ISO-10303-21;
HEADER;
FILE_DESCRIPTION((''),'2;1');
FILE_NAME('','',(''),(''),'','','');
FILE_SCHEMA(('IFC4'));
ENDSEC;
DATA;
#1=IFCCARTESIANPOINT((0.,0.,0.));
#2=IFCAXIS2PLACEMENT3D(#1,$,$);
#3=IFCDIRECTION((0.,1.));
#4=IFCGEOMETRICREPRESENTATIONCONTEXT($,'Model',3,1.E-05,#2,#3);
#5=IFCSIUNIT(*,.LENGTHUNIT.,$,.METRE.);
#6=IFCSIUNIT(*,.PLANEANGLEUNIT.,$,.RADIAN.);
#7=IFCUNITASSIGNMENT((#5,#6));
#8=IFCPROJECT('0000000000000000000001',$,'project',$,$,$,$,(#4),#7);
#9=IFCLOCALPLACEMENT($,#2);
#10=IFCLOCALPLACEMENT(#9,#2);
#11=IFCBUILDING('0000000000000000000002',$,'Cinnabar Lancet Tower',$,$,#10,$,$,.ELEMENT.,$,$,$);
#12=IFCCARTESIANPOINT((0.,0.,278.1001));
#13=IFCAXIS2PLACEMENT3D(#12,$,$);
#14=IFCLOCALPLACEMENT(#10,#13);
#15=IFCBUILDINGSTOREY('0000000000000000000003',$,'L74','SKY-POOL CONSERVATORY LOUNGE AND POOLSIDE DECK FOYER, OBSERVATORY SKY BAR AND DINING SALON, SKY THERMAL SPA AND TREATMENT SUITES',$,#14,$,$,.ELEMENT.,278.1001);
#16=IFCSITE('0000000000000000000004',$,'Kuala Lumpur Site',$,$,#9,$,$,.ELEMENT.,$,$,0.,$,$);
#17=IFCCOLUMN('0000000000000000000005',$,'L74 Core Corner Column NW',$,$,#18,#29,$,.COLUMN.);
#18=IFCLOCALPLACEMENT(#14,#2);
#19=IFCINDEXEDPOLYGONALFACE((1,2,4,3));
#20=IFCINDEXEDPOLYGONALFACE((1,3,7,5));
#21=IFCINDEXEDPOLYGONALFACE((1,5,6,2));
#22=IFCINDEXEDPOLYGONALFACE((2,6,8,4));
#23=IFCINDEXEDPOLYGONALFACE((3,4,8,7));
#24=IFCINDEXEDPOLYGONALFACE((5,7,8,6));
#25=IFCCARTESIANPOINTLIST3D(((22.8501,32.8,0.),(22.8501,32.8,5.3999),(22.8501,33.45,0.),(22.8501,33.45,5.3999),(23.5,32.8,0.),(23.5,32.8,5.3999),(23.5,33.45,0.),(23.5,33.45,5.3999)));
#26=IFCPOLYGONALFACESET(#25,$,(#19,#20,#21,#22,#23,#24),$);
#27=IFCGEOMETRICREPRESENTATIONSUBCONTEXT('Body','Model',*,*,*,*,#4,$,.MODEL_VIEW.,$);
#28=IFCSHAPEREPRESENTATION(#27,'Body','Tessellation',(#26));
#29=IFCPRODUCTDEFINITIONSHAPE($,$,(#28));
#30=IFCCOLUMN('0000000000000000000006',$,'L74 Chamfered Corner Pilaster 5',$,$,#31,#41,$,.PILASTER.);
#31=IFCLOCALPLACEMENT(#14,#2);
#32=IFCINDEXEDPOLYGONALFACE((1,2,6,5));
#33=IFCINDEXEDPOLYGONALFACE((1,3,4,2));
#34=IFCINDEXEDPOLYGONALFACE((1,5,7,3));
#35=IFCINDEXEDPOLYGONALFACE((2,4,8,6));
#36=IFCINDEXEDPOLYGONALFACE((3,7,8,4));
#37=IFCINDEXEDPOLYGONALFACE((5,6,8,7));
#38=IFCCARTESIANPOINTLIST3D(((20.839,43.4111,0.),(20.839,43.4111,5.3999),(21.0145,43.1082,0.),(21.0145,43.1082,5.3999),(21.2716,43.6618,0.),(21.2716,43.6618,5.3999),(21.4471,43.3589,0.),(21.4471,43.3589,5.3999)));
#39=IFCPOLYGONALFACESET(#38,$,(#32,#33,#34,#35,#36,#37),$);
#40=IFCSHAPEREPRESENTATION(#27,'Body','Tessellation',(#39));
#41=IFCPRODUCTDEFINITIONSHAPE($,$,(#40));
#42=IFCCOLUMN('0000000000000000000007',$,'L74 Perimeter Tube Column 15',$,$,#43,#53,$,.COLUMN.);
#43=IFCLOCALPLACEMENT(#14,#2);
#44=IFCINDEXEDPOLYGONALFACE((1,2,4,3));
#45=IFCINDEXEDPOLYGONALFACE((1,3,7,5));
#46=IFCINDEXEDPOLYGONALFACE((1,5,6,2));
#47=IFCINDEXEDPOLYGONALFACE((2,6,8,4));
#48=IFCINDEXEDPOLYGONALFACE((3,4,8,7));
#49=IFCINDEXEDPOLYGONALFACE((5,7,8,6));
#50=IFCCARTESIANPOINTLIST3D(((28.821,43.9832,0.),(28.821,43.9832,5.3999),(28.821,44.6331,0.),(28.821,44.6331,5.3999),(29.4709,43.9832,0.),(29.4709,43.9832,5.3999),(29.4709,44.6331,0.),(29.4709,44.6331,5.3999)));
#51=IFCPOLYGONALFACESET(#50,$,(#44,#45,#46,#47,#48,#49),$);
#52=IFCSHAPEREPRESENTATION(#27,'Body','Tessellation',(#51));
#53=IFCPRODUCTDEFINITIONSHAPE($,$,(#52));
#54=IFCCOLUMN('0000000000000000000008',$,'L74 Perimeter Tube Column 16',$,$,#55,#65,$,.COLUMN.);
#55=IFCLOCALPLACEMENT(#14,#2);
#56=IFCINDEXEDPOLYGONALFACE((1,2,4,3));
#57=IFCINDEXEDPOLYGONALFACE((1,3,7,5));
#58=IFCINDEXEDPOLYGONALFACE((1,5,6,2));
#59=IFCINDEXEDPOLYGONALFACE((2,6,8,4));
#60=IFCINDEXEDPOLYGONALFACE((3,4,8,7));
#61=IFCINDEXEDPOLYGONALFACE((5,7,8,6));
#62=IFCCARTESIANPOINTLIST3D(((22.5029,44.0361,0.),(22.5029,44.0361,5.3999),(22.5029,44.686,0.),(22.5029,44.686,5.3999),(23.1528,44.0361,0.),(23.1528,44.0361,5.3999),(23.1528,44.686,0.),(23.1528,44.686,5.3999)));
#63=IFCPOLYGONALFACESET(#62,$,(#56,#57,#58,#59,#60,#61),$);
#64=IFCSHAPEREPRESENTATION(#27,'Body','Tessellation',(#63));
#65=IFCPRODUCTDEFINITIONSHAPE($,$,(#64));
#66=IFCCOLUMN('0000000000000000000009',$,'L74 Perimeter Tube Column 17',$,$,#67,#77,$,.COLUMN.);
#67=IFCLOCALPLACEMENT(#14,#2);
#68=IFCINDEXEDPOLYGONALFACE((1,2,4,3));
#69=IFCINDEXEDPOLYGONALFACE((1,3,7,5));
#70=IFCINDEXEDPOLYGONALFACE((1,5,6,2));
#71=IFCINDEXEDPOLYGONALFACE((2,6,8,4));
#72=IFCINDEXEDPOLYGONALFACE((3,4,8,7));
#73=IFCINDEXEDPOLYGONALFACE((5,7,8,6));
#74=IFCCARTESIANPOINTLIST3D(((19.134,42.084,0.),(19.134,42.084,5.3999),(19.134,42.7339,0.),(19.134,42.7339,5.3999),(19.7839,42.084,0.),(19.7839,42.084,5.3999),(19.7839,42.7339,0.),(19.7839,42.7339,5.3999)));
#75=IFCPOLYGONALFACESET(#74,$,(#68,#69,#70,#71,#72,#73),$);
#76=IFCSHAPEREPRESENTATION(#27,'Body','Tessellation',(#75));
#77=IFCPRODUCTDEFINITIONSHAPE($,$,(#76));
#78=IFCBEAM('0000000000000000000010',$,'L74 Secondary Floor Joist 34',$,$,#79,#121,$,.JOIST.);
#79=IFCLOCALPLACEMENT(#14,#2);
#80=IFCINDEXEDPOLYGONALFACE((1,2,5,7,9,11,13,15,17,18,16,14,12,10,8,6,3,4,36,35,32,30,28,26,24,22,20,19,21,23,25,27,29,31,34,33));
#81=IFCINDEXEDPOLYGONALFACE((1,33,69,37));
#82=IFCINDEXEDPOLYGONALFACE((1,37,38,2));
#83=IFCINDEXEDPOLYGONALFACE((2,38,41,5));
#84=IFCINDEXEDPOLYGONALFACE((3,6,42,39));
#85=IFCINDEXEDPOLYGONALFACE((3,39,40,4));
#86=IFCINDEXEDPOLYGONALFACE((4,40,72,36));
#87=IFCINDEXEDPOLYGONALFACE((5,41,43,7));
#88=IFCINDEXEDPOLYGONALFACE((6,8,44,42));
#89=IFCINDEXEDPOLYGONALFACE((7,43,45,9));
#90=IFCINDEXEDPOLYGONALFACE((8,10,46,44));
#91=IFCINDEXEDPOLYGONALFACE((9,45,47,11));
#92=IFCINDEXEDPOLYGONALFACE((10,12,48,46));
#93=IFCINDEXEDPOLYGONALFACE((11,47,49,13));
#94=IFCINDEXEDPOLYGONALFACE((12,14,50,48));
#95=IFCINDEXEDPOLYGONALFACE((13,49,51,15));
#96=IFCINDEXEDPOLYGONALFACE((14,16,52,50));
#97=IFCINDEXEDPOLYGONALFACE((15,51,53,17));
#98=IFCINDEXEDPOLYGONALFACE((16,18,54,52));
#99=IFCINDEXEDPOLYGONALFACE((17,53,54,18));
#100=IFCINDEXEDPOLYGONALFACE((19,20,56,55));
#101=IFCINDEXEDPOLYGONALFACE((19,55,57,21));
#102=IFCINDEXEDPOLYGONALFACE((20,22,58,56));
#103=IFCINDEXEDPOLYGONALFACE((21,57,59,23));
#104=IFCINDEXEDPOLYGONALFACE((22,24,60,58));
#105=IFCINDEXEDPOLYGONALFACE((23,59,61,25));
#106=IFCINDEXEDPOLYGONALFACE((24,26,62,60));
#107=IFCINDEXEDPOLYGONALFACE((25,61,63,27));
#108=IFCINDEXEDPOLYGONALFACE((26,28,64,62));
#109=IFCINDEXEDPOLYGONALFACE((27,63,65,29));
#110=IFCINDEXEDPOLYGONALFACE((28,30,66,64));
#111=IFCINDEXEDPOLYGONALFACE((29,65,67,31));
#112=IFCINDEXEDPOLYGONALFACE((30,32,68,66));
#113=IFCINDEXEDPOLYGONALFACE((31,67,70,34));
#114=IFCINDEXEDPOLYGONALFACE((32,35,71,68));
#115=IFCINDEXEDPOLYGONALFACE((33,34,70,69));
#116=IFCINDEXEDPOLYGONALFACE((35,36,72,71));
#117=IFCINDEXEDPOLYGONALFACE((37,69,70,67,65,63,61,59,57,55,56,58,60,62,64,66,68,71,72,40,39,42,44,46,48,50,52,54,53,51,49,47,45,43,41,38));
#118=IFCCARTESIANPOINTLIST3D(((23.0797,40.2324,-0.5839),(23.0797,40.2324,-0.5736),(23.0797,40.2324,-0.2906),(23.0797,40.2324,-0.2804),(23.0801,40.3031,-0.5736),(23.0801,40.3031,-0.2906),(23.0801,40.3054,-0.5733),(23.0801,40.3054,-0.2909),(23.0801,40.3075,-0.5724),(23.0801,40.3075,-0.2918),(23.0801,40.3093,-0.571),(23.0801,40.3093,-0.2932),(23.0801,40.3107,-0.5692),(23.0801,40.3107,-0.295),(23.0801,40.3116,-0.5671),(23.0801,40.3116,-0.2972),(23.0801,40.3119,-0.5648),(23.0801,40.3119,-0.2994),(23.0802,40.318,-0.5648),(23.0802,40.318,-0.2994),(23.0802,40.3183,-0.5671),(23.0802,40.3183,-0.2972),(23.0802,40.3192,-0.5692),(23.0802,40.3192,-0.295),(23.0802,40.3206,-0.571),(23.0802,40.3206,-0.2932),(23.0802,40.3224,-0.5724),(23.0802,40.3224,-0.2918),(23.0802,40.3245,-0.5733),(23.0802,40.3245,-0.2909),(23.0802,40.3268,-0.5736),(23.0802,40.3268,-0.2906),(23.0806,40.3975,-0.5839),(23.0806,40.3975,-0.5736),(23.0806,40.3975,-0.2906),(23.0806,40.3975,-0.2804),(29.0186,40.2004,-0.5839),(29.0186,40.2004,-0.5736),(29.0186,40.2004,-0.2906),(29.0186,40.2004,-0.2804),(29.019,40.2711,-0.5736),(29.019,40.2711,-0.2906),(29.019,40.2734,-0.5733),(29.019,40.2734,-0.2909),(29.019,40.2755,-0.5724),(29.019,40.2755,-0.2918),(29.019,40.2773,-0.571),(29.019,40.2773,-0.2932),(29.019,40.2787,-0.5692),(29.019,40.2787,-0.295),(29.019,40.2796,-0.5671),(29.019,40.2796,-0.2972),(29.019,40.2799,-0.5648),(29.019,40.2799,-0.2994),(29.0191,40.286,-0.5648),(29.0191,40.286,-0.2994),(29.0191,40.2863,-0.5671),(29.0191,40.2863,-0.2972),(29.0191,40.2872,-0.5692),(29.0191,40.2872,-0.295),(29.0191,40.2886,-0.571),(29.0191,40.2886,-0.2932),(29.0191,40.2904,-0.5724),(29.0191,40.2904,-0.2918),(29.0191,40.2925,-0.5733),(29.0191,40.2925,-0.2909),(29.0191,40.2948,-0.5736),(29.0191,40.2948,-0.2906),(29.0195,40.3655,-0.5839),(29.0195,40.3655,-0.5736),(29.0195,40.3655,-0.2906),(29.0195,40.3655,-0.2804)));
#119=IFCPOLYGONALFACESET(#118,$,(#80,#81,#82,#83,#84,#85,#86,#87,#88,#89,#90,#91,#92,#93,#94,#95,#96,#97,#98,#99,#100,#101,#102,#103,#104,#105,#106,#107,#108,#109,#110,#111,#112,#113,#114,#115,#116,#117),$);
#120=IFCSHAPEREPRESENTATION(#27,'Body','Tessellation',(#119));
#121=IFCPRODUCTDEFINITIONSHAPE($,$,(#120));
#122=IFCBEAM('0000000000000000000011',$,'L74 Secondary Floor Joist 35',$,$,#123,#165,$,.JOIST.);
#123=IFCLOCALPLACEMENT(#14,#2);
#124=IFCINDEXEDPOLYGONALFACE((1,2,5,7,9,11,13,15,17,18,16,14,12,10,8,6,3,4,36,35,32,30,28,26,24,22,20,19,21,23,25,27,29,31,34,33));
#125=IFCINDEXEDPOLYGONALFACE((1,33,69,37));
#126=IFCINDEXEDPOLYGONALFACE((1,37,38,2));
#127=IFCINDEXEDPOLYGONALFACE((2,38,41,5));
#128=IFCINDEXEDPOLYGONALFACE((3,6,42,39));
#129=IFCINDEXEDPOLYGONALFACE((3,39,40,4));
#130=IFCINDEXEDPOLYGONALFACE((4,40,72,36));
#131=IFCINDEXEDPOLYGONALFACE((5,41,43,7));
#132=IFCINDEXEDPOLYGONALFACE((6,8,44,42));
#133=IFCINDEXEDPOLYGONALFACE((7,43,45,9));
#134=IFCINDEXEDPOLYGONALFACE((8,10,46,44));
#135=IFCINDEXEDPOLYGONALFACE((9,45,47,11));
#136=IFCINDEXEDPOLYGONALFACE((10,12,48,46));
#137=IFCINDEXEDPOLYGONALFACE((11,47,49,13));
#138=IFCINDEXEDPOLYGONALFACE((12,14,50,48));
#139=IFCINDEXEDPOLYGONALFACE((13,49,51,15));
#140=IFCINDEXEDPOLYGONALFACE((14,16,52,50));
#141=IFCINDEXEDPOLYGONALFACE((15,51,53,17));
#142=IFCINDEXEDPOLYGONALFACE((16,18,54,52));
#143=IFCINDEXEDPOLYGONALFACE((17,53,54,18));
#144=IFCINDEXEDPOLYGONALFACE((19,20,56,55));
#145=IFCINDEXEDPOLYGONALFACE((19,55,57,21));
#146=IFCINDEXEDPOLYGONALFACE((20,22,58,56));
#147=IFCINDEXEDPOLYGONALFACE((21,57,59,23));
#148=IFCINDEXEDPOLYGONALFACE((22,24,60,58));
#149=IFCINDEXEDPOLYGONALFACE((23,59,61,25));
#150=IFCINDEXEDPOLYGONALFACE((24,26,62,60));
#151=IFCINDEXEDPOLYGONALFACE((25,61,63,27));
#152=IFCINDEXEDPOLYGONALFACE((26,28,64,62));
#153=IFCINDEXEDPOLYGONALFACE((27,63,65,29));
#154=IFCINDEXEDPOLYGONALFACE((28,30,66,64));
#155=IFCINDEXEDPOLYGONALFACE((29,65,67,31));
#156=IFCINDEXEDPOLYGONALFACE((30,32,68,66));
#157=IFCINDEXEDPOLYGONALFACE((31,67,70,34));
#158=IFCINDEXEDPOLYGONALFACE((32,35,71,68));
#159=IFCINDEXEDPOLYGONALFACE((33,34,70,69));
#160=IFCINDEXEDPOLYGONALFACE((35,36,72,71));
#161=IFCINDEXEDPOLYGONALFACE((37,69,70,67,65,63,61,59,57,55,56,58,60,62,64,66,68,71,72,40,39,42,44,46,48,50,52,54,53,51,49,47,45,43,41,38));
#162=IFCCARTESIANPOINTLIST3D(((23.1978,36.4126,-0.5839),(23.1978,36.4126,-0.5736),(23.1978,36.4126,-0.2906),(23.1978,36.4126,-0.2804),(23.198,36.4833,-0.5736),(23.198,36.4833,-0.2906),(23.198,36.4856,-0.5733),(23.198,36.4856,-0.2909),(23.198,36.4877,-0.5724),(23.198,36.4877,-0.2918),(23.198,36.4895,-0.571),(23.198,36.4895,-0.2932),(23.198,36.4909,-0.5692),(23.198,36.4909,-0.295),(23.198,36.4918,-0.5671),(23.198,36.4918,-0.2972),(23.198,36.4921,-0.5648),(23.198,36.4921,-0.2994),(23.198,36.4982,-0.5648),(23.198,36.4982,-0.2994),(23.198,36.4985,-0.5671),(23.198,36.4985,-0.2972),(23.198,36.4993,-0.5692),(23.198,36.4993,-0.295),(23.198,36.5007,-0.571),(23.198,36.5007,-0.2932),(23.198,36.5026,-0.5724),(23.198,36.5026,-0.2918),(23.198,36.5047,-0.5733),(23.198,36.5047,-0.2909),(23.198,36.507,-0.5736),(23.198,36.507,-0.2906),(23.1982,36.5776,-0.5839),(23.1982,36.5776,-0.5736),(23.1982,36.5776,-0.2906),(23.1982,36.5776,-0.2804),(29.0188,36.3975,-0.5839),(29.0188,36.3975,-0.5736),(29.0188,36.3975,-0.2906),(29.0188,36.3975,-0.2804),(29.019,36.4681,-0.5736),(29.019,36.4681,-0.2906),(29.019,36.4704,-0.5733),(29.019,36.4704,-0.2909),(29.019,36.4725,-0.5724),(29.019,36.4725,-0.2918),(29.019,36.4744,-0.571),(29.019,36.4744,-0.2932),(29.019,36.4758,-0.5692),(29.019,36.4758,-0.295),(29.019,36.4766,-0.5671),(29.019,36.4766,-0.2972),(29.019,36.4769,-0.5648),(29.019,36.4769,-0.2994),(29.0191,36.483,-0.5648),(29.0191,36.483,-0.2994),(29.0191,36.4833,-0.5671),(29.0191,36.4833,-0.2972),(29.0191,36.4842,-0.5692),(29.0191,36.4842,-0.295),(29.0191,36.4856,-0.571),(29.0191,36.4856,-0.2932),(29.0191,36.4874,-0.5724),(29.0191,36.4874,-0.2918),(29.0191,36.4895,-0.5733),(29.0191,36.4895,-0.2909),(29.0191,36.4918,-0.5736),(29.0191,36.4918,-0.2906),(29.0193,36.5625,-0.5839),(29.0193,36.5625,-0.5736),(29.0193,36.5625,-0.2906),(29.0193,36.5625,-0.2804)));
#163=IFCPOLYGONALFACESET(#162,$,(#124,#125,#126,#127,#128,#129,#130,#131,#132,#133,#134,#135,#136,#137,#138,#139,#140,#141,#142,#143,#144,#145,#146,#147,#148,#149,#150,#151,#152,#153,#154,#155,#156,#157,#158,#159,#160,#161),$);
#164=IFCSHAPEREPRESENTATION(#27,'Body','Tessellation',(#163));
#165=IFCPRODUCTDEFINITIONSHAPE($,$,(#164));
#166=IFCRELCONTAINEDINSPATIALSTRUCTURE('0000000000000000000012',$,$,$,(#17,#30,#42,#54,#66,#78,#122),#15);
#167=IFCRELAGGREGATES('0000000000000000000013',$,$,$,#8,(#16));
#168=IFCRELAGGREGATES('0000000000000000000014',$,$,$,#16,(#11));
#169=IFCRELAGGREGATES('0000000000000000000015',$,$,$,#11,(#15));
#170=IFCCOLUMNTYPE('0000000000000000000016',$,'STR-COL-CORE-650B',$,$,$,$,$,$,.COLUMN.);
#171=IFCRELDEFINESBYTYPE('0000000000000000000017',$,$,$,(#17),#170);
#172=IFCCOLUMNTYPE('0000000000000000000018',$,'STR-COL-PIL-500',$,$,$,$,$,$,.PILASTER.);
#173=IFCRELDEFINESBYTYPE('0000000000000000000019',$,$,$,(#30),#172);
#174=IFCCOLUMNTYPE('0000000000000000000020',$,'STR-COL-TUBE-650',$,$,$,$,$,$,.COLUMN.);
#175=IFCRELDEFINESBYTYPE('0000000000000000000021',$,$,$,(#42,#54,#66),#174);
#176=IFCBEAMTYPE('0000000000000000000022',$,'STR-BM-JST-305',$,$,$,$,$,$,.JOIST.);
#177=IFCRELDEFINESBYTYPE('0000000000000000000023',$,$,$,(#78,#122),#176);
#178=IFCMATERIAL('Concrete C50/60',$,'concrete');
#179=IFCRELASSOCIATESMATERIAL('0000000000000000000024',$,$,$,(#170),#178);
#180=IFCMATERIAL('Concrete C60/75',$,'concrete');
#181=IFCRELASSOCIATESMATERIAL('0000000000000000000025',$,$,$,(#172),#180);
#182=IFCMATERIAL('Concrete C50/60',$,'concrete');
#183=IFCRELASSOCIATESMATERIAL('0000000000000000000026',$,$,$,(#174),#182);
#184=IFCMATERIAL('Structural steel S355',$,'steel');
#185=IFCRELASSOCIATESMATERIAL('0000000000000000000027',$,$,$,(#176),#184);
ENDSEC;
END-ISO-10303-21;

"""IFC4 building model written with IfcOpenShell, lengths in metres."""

from ifc_helpers import new_model, si_unit, direction, frame, origin, origin_2d, place, context, subcontext, project, spatial, rectangle, i_section, extrude, material, material_profile, profile_set, type_object, element, save


model = new_model("IFC4")

# Units and contexts
model_context = context("Model", 3, precision=1e-05, world=origin(), true_north=direction((0.0, 1.0)))
body_context = subcontext(model_context, "Body", "Model", "MODEL_VIEW")
ifc_project = project(units=[si_unit("LENGTHUNIT", "METRE"), si_unit("PLANEANGLEUNIT", "RADIAN")], contexts=[model_context])

# Site, building, storey
site_placement = place(None, origin())
site = spatial("IfcSite", under=ifc_project, at=site_placement, Name="Kuala Lumpur Site", CompositionType="ELEMENT", RefElevation=0.0)
building_placement = place(site_placement, origin())
building = spatial("IfcBuilding", under=site, at=building_placement, Name="Cinnabar Lancet Tower", CompositionType="ELEMENT")
storey_placement = place(building_placement, frame((0.0, 0.0, 278.1001)))
storey = spatial("IfcBuildingStorey", under=building, at=storey_placement, Name="L74", Description="SKY-POOL CONSERVATORY LOUNGE AND POOLSIDE DECK FOYER, OBSERVATORY SKY BAR AND DINING SALON, SKY THERMAL SPA AND TREATMENT SUITES", CompositionType="ELEMENT", Elevation=278.1001)

# Columns
ifc_material_1 = material(Name="Concrete C50/60", Category="concrete")
ifc_material_profile_1 = material_profile(ifc_material_1, rectangle(XDim=0.6499, YDim=0.6499, at=origin_2d()), Name="RC-COL 650x650")
ifc_profile_set_1 = profile_set([ifc_material_profile_1], Name="Concrete C50/60")
column_type_1 = type_object("IfcColumnType", Name="STR-COL-CORE-650B", PredefinedType="COLUMN", material=ifc_profile_set_1)
column_1_placement = place(storey_placement, frame((23.175, 33.125, 0.0), z_axis=(0.0, 0.0, 1.0), x_axis=(1.0, 0.0, 0.0)))
element("IfcColumn", 1, at=column_1_placement, inside=storey, type_object=column_type_1, Name="L74 Core Corner Column NW", PredefinedType="COLUMN", context=body_context, shape_type="SweptSolid", body=[
    extrude(rectangle(XDim=0.6499, YDim=0.6499, at=origin_2d()), origin(), (0.0, 0.0, 1.0), 5.3999),
])
ifc_material_2 = material(Name="Concrete C60/75", Category="concrete")
ifc_material_profile_2 = material_profile(ifc_material_2, rectangle(XDim=0.5, YDim=0.3501, at=origin_2d()), Name="RC-PIL 500x350")
ifc_profile_set_2 = profile_set([ifc_material_profile_2], Name="Concrete C60/75")
column_type_2 = type_object("IfcColumnType", Name="STR-COL-PIL-500", PredefinedType="PILASTER", material=ifc_profile_set_2)
column_2_placement = place(storey_placement, frame((21.1431, 43.385, 0.0), z_axis=(0.0, 0.0, 1.0), x_axis=(-0.865256, -0.50133, 0.0)))
element("IfcColumn", 2, at=column_2_placement, inside=storey, type_object=column_type_2, Name="L74 Chamfered Corner Pilaster 5", PredefinedType="PILASTER", context=body_context, shape_type="SweptSolid", body=[
    extrude(rectangle(XDim=0.5, YDim=0.3501, at=origin_2d()), origin(), (0.0, 0.0, 1.0), 5.3999),
])
ifc_material_3 = material(Name="Concrete C50/60", Category="concrete")
ifc_material_profile_3 = material_profile(ifc_material_3, rectangle(XDim=0.6499, YDim=0.6499, at=origin_2d()), Name="RC-COL 650x650")
ifc_profile_set_3 = profile_set([ifc_material_profile_3], Name="Concrete C50/60")
column_type_3 = type_object("IfcColumnType", Name="STR-COL-TUBE-650", PredefinedType="COLUMN", material=ifc_profile_set_3)
for number, where, z_axis, x_axis, name in (
    (3, (29.146, 44.3081, 0.0), (0.0, 0.0, 1.0), (1.0, 0.0, 0.0), "L74 Perimeter Tube Column 15"),
    (4, (22.8279, 44.3611, 0.0), (0.0, 0.0, 1.0), (1.0, 0.0, 0.0), "L74 Perimeter Tube Column 16"),
    (5, (19.459, 42.4089, 0.0), (0.0, 0.0, 1.0), (1.0, 0.0, 0.0), "L74 Perimeter Tube Column 17"),
):
    element("IfcColumn", number, at=place(storey_placement, frame(where, z_axis=z_axis, x_axis=x_axis)), inside=storey, type_object=column_type_3, Name=name, PredefinedType="COLUMN", context=body_context, shape_type="SweptSolid", body=[
        extrude(rectangle(XDim=0.6499, YDim=0.6499, at=origin_2d()), origin(), (0.0, 0.0, 1.0), 5.3999),
    ])

# Beams
ifc_material_4 = material(Name="Structural steel S355", Category="steel")
ifc_material_profile_4 = material_profile(ifc_material_4, i_section(OverallWidth=0.165, OverallDepth=0.3035, WebThickness=0.0061, FlangeThickness=0.0103, FilletRadius=0.0088, at=origin_2d()), Name="UKB 305x165x40")
ifc_profile_set_4 = profile_set([ifc_material_profile_4], Name="Structural steel S355")
beam_type_1 = type_object("IfcBeamType", Name="STR-BM-JST-305", PredefinedType="JOIST", material=ifc_profile_set_4)
beam_1_placement = place(storey_placement, frame((29.019, 40.283, -0.4321), z_axis=(-0.999986, 0.005385, 0.0), x_axis=(-0.005385, -0.999986, 0.0)))
element("IfcBeam", 6, at=beam_1_placement, inside=storey, type_object=beam_type_1, Name="L74 Secondary Floor Joist 34", PredefinedType="JOIST", context=body_context, shape_type="SweptSolid", body=[
    extrude(i_section(OverallWidth=0.165, OverallDepth=0.3035, WebThickness=0.0061, FlangeThickness=0.0103, FilletRadius=0.0088, at=origin_2d()), origin(), (0.0, 0.0, 1.0), 5.939),
])
beam_2_placement = place(storey_placement, frame((29.019, 36.48, -0.4321), z_axis=(-0.999997, 0.0026, 0.0), x_axis=(-0.0026, -0.999997, 0.0)))
element("IfcBeam", 7, at=beam_2_placement, inside=storey, type_object=beam_type_1, Name="L74 Secondary Floor Joist 35", PredefinedType="JOIST", context=body_context, shape_type="SweptSolid", body=[
    extrude(i_section(OverallWidth=0.165, OverallDepth=0.3035, WebThickness=0.0061, FlangeThickness=0.0103, FilletRadius=0.0088, at=origin_2d()), origin(), (0.0, 0.0, 1.0), 5.821),
])

save(model, "model.ifc")
